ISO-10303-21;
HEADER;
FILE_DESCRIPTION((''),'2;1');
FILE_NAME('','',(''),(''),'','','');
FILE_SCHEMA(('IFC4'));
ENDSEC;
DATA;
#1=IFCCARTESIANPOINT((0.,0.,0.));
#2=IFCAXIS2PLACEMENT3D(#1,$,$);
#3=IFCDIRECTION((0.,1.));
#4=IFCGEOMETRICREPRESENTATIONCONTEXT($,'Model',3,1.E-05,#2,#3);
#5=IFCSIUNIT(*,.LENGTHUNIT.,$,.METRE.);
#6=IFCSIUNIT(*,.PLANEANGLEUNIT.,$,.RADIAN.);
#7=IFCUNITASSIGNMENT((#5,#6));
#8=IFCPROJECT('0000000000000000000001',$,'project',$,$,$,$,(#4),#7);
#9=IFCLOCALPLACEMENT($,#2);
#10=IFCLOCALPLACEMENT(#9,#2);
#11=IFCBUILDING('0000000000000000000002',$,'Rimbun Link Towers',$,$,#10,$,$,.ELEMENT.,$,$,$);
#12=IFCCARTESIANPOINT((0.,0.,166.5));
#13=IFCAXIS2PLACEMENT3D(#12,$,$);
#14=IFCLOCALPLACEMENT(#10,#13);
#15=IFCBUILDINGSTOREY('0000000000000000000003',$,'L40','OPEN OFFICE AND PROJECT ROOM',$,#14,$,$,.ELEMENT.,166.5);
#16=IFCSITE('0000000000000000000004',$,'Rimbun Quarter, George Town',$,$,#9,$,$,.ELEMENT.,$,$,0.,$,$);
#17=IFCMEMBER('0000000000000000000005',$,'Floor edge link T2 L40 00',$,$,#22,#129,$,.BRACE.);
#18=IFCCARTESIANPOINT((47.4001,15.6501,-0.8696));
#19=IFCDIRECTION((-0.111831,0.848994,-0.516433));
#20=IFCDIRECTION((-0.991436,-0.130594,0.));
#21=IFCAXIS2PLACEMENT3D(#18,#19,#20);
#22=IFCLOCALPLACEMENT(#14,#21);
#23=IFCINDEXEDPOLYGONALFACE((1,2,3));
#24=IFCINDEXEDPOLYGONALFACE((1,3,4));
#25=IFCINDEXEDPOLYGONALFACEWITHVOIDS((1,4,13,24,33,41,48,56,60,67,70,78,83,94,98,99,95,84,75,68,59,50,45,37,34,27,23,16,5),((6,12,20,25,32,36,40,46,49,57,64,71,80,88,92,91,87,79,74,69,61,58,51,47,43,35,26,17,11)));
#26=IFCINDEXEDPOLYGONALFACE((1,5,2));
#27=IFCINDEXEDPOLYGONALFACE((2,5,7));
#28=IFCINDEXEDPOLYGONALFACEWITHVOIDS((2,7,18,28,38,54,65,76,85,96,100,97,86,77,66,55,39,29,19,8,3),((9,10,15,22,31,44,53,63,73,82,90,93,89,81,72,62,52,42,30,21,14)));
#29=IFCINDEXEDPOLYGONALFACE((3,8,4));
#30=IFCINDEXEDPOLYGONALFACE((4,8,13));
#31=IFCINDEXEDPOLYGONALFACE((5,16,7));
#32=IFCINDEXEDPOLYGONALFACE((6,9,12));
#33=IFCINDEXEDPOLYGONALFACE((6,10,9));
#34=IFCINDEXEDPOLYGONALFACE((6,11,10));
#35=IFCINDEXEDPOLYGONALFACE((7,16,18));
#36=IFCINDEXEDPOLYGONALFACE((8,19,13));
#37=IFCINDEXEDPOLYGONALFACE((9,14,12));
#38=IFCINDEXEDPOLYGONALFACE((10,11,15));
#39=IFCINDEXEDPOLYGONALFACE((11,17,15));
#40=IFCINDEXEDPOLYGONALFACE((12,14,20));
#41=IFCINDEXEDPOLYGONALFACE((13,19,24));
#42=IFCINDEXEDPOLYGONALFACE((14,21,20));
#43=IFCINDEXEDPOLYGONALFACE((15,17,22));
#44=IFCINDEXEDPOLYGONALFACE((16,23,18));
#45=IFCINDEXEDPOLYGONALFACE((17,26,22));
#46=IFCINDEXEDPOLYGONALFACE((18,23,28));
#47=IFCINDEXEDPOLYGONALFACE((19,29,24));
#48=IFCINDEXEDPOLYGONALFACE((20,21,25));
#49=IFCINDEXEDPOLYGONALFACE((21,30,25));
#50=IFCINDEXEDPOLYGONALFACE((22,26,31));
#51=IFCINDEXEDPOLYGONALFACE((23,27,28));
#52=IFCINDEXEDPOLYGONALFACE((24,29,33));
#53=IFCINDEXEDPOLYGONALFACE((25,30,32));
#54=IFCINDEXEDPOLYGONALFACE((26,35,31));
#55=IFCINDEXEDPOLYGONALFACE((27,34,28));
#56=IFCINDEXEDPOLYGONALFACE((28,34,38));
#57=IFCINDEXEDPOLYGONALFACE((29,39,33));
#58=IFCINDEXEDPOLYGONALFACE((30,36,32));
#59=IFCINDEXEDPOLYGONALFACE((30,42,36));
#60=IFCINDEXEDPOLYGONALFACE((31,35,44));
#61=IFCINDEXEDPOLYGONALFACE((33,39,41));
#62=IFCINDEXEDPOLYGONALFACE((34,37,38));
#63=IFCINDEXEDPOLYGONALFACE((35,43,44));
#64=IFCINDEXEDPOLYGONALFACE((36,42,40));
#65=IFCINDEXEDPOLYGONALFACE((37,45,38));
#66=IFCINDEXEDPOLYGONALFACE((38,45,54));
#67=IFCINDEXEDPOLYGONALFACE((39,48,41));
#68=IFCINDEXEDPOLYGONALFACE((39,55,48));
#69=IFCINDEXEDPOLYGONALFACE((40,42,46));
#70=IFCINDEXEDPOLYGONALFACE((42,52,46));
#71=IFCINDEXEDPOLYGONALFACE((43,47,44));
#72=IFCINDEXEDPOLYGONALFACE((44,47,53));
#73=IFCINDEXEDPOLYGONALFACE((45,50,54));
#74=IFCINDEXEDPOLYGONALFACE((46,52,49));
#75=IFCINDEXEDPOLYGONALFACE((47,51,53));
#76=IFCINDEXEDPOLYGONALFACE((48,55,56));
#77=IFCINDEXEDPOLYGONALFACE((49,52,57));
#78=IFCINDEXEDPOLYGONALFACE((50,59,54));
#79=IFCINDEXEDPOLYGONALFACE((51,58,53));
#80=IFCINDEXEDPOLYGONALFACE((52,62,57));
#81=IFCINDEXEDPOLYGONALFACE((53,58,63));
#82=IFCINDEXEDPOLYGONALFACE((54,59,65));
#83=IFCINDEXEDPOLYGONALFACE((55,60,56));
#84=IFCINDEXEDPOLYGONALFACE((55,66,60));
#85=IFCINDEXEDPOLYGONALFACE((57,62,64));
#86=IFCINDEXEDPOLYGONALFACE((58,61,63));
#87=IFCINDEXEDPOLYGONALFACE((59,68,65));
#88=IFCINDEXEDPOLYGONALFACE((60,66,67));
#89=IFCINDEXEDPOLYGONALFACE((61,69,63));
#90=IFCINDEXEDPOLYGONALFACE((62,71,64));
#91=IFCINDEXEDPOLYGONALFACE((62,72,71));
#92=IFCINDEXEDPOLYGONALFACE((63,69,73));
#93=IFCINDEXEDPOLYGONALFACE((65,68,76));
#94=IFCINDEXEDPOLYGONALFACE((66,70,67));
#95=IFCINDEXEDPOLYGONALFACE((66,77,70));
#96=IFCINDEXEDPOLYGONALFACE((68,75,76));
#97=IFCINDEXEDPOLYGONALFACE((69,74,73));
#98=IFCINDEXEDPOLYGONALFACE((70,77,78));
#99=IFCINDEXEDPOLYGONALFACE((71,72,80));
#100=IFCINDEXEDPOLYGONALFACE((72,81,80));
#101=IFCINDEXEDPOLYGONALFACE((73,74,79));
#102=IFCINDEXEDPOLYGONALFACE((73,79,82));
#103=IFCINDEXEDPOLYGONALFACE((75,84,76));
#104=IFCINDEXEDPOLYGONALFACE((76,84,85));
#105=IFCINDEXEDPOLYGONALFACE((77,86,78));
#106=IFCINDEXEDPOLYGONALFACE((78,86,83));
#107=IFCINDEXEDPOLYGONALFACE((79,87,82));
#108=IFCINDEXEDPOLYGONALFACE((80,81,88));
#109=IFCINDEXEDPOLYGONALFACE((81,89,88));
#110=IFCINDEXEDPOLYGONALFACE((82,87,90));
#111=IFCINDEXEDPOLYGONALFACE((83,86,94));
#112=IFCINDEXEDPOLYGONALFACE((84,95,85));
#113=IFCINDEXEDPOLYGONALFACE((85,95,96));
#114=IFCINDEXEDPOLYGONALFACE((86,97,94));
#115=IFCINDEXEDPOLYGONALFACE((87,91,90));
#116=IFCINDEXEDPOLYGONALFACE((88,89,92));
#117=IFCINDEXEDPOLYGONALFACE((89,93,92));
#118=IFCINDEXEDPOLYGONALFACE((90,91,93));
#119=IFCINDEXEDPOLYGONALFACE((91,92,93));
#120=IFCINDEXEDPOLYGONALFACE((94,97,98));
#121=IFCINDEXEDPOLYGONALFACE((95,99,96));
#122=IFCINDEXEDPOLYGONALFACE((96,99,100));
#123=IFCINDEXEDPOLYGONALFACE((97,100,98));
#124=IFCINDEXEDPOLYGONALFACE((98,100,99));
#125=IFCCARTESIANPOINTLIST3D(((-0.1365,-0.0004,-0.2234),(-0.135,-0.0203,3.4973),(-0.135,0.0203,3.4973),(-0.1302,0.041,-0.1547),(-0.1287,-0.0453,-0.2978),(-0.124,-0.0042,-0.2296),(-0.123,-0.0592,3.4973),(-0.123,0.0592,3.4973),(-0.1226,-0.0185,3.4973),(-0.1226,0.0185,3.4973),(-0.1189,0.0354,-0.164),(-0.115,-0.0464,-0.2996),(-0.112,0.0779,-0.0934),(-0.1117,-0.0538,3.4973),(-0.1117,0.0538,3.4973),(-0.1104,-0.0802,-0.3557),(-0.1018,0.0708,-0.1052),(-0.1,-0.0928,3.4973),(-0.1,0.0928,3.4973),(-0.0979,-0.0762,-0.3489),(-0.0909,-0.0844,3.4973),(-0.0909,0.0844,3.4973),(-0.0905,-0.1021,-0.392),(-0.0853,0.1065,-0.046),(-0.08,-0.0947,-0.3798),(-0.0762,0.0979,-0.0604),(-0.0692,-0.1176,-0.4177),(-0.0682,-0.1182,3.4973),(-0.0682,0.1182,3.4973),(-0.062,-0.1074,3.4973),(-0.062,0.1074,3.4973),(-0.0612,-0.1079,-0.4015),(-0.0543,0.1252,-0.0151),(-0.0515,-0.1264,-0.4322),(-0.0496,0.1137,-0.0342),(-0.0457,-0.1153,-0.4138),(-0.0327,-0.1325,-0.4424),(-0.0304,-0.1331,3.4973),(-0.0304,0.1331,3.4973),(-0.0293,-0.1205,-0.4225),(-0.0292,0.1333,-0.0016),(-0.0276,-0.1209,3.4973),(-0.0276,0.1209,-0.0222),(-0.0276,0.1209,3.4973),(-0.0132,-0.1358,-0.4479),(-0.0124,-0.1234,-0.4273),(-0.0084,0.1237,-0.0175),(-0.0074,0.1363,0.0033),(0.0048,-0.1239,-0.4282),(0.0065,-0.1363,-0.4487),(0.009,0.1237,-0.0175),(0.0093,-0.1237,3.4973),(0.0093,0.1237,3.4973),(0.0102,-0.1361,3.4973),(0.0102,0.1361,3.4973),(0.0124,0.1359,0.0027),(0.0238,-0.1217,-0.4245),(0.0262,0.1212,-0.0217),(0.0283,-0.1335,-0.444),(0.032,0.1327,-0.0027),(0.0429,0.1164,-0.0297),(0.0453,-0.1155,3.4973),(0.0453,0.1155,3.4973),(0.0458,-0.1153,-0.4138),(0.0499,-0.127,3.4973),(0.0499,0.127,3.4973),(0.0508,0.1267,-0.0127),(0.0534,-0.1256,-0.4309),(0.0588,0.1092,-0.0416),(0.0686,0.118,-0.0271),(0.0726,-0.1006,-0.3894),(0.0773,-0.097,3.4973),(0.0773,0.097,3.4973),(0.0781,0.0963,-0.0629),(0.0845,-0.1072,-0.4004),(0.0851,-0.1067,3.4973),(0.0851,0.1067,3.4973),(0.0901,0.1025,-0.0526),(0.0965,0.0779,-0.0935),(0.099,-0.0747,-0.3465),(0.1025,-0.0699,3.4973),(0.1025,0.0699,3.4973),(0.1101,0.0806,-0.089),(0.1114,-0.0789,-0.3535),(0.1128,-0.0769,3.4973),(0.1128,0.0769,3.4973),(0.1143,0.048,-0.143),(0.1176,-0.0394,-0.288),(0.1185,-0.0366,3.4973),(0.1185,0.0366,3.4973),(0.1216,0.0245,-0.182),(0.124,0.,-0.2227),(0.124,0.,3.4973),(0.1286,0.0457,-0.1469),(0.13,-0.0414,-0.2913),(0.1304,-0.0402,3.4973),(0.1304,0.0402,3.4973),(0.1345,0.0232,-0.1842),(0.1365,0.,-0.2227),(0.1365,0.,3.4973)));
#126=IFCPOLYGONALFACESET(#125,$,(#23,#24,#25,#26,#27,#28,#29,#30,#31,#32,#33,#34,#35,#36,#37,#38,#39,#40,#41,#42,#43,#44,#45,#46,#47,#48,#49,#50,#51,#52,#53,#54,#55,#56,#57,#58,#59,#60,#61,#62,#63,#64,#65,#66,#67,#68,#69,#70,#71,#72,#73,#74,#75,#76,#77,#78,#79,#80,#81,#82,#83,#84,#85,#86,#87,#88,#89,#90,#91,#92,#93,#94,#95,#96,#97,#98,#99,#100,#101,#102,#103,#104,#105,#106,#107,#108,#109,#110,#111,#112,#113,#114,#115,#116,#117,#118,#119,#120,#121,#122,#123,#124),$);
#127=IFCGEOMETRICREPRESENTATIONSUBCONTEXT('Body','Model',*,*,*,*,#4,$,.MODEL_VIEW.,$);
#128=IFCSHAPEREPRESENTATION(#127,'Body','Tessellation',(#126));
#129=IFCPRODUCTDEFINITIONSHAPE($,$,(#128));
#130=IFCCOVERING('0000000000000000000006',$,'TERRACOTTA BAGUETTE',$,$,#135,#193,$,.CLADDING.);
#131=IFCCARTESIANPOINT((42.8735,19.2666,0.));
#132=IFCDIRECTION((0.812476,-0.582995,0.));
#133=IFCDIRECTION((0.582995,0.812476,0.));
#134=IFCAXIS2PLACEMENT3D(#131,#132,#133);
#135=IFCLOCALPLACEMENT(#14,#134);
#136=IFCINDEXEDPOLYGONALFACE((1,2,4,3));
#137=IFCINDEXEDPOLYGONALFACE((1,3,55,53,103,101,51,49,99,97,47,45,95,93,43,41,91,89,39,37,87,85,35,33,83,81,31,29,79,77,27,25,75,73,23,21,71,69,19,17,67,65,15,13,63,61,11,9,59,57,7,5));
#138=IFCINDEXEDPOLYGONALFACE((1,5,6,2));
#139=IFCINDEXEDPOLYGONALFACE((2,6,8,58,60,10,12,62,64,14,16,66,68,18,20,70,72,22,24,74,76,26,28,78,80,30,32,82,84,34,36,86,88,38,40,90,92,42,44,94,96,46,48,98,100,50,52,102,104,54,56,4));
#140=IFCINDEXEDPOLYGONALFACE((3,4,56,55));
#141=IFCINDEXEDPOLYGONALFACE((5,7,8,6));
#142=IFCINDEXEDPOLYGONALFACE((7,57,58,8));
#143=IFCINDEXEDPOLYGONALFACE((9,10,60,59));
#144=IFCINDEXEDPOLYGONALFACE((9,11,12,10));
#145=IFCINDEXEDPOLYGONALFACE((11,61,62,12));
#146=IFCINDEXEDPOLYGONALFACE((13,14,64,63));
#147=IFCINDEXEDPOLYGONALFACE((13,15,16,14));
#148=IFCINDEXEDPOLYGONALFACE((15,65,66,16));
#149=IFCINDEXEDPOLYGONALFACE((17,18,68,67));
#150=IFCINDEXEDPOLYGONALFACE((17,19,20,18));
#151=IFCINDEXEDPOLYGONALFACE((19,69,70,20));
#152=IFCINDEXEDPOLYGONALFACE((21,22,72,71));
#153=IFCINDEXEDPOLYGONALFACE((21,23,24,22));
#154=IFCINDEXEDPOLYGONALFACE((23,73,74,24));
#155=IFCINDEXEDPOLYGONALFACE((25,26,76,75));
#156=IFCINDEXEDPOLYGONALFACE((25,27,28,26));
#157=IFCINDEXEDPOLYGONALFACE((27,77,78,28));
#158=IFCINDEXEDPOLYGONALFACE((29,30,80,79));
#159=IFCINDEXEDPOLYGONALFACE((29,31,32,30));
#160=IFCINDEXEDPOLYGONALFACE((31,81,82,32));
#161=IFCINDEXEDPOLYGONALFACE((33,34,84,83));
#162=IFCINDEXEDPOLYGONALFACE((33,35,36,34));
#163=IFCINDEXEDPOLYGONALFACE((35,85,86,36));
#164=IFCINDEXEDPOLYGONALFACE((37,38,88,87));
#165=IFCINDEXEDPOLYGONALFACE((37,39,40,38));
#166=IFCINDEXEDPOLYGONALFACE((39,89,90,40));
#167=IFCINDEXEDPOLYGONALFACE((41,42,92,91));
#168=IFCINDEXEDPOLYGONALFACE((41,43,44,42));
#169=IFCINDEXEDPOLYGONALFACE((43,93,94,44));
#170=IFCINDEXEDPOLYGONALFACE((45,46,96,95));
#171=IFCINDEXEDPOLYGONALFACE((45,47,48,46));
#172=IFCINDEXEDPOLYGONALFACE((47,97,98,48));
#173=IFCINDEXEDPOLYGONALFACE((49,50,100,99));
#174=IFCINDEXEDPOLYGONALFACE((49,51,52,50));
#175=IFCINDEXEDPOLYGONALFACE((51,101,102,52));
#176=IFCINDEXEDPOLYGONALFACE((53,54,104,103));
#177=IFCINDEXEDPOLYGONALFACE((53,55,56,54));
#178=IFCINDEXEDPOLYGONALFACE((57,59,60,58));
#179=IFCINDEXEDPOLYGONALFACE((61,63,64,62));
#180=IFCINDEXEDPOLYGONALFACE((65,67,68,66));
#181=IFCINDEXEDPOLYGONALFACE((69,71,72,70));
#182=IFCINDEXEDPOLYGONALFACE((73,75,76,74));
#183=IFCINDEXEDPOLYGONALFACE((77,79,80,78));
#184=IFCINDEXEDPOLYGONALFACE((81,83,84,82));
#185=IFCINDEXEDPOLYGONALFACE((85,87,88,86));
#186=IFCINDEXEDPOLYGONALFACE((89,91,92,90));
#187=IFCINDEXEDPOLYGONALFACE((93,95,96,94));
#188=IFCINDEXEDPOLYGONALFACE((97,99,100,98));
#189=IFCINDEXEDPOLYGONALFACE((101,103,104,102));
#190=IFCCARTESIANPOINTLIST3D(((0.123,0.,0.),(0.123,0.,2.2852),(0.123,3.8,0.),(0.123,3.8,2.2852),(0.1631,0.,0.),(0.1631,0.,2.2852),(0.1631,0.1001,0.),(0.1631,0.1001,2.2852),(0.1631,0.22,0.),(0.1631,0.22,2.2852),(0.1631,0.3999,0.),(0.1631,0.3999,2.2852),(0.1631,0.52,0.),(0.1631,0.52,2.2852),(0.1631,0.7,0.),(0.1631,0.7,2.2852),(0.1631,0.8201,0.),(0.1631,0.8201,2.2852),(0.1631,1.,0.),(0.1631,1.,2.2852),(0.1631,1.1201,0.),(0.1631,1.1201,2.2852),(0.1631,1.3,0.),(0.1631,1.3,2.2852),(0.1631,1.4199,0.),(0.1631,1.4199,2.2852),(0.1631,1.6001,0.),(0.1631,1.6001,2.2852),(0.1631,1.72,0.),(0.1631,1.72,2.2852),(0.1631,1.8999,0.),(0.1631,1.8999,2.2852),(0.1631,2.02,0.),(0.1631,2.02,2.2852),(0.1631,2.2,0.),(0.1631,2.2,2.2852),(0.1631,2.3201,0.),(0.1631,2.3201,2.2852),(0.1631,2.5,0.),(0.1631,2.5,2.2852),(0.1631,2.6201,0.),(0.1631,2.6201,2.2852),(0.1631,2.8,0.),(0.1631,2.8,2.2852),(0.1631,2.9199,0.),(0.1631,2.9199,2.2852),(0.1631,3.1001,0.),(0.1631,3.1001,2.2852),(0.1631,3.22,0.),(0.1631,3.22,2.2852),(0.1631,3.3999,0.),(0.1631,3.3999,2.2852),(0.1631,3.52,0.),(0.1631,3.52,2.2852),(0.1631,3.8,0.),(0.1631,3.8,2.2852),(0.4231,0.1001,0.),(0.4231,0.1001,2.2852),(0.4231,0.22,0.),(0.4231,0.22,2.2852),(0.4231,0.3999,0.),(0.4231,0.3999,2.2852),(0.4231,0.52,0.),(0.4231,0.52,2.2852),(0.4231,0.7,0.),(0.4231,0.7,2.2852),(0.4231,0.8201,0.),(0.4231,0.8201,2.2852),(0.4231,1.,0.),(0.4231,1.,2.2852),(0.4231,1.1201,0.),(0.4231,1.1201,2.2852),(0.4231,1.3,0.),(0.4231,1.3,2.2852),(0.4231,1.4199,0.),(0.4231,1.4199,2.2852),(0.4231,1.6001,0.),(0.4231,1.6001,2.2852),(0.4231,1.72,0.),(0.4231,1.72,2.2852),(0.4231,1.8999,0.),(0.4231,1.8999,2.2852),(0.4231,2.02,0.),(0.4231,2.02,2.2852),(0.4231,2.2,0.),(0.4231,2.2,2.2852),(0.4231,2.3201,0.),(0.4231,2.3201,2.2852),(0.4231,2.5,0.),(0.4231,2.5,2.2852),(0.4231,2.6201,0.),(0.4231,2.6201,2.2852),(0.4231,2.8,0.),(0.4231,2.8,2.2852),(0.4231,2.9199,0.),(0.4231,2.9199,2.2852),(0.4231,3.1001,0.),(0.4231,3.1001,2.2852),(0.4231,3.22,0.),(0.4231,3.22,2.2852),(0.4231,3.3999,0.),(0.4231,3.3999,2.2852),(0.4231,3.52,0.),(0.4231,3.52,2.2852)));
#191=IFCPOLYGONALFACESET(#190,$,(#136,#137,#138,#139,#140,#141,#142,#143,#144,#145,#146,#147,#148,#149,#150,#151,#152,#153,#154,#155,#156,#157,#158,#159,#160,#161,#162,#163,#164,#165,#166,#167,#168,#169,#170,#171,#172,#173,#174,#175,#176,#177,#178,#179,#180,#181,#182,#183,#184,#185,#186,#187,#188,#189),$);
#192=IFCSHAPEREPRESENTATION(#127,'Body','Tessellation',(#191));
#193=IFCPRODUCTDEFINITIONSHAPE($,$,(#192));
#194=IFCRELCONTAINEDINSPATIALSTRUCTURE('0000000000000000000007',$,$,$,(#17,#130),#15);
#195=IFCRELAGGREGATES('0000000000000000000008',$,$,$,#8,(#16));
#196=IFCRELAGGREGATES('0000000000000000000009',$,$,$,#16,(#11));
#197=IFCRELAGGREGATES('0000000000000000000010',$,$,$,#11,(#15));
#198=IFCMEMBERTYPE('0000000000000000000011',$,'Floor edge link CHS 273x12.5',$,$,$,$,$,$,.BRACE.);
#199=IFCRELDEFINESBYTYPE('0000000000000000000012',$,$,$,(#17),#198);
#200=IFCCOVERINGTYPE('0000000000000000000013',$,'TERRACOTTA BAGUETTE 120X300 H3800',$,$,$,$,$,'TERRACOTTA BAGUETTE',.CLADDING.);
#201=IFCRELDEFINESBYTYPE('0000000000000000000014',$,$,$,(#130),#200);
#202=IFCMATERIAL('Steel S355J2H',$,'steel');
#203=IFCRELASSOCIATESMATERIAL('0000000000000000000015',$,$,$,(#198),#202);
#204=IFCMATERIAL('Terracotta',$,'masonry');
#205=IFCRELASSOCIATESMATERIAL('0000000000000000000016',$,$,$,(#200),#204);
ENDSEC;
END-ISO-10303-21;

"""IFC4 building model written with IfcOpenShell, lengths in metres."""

from ifc_helpers import new_model, si_unit, direction, frame, origin, origin_2d, place, context, subcontext, project, spatial, polyline, hollow_circle, outline, extrude, clip, halfspace, material, material_profile, profile_set, type_object, element, save


model = new_model("IFC4")

# Units and contexts
model_context = context("Model", 3, precision=1e-05, world=origin(), true_north=direction((0.0, 1.0)))
body_context = subcontext(model_context, "Body", "Model", "MODEL_VIEW")
ifc_project = project(units=[si_unit("LENGTHUNIT", "METRE"), si_unit("PLANEANGLEUNIT", "RADIAN")], contexts=[model_context])

# Site, building, storey
site_placement = place(None, origin())
site = spatial("IfcSite", under=ifc_project, at=site_placement, Name="Rimbun Quarter, George Town", CompositionType="ELEMENT", RefElevation=0.0)
building_placement = place(site_placement, origin())
building = spatial("IfcBuilding", under=site, at=building_placement, Name="Rimbun Link Towers", CompositionType="ELEMENT")
storey_placement = place(building_placement, frame((0.0, 0.0, 166.5)))
storey = spatial("IfcBuildingStorey", under=building, at=storey_placement, Name="L40", Description="OPEN OFFICE AND PROJECT ROOM", CompositionType="ELEMENT", Elevation=166.5)

# Member
ifc_material_1 = material(Name="Steel S355J2H", Category="steel")
ifc_material_profile_1 = material_profile(ifc_material_1, hollow_circle(Radius=0.1365, WallThickness=0.0125, at=origin_2d()), Name="CHS 273x12.5")
ifc_profile_set_1 = profile_set([ifc_material_profile_1], Name="Steel S355J2H")
member_type_1 = type_object("IfcMemberType", Name="Floor edge link CHS 273x12.5", PredefinedType="BRACE", material=ifc_profile_set_1)
member_1_placement = place(storey_placement, frame((47.4001, 15.6501, -0.8696), z_axis=(-0.111831, 0.848994, -0.516433), x_axis=(-0.991436, -0.130594, 0.0)))
element("IfcMember", 1, at=member_1_placement, inside=storey, type_object=member_type_1, Name="Floor edge link T2 L40 00", PredefinedType="BRACE", context=body_context, shape_type="Clipping", body=[
    clip(extrude(hollow_circle(Radius=0.1365, WallThickness=0.0125, at=origin_2d()), frame((0.0, 0.0, -0.4722)), (0.0, 0.0, 1.0), 3.9695), halfspace(frame((0.0, 0.0, -0.2227), z_axis=(0.0, 0.856328, -0.516433)), False)),
])

# Covering
ifc_material_2 = material(Name="Terracotta", Category="masonry")
ifc_material_profile_2 = material_profile(ifc_material_2, outline(polyline([(0.123, 0.0), (0.1631, 0.0), (0.1631, 0.1001), (0.4231, 0.1001), (0.4231, 0.22), (0.1631, 0.22), (0.1631, 0.3999), (0.4231, 0.3999), (0.4231, 0.52), (0.1631, 0.52), (0.1631, 0.7), (0.4231, 0.7), (0.4231, 0.8201), (0.1631, 0.8201), (0.1631, 1.0), (0.4231, 1.0), (0.4231, 1.1201), (0.1631, 1.1201), (0.1631, 1.3), (0.4231, 1.3), (0.4231, 1.4199), (0.1631, 1.4199), (0.1631, 1.6001), (0.4231, 1.6001), (0.4231, 1.72), (0.1631, 1.72), (0.1631, 1.8999), (0.4231, 1.8999), (0.4231, 2.02), (0.1631, 2.02), (0.1631, 2.2), (0.4231, 2.2), (0.4231, 2.3201), (0.1631, 2.3201), (0.1631, 2.5), (0.4231, 2.5), (0.4231, 2.6201), (0.1631, 2.6201), (0.1631, 2.8), (0.4231, 2.8), (0.4231, 2.9199), (0.1631, 2.9199), (0.1631, 3.1001), (0.4231, 3.1001), (0.4231, 3.22), (0.1631, 3.22), (0.1631, 3.3999), (0.4231, 3.3999), (0.4231, 3.52), (0.1631, 3.52), (0.1631, 3.8), (0.123, 3.8), (0.123, 0.0)])), Name="BAGUETTE 120X300")
ifc_profile_set_2 = profile_set([ifc_material_profile_2], Name="Terracotta")
covering_type = type_object("IfcCoveringType", Name="TERRACOTTA BAGUETTE 120X300 H3800", ElementType="TERRACOTTA BAGUETTE", PredefinedType="CLADDING", material=ifc_profile_set_2)
covering_placement = place(storey_placement, frame((42.8735, 19.2666, 0.0), z_axis=(0.812476, -0.582995, 0.0), x_axis=(0.582995, 0.812476, 0.0)))
element("IfcCovering", 2, at=covering_placement, inside=storey, type_object=covering_type, Name="TERRACOTTA BAGUETTE", PredefinedType="CLADDING", context=body_context, shape_type="SweptSolid", body=[
    extrude(outline(polyline([(0.123, 0.0), (0.1631, 0.0), (0.1631, 0.1001), (0.4231, 0.1001), (0.4231, 0.22), (0.1631, 0.22), (0.1631, 0.3999), (0.4231, 0.3999), (0.4231, 0.52), (0.1631, 0.52), (0.1631, 0.7), (0.4231, 0.7), (0.4231, 0.8201), (0.1631, 0.8201), (0.1631, 1.0), (0.4231, 1.0), (0.4231, 1.1201), (0.1631, 1.1201), (0.1631, 1.3), (0.4231, 1.3), (0.4231, 1.4199), (0.1631, 1.4199), (0.1631, 1.6001), (0.4231, 1.6001), (0.4231, 1.72), (0.1631, 1.72), (0.1631, 1.8999), (0.4231, 1.8999), (0.4231, 2.02), (0.1631, 2.02), (0.1631, 2.2), (0.4231, 2.2), (0.4231, 2.3201), (0.1631, 2.3201), (0.1631, 2.5), (0.4231, 2.5), (0.4231, 2.6201), (0.1631, 2.6201), (0.1631, 2.8), (0.4231, 2.8), (0.4231, 2.9199), (0.1631, 2.9199), (0.1631, 3.1001), (0.4231, 3.1001), (0.4231, 3.22), (0.1631, 3.22), (0.1631, 3.3999), (0.4231, 3.3999), (0.4231, 3.52), (0.1631, 3.52), (0.1631, 3.8), (0.123, 3.8), (0.123, 0.0)])), origin(), (0.0, 0.0, 1.0), 2.2852),
])

save(model, "model.ifc")
